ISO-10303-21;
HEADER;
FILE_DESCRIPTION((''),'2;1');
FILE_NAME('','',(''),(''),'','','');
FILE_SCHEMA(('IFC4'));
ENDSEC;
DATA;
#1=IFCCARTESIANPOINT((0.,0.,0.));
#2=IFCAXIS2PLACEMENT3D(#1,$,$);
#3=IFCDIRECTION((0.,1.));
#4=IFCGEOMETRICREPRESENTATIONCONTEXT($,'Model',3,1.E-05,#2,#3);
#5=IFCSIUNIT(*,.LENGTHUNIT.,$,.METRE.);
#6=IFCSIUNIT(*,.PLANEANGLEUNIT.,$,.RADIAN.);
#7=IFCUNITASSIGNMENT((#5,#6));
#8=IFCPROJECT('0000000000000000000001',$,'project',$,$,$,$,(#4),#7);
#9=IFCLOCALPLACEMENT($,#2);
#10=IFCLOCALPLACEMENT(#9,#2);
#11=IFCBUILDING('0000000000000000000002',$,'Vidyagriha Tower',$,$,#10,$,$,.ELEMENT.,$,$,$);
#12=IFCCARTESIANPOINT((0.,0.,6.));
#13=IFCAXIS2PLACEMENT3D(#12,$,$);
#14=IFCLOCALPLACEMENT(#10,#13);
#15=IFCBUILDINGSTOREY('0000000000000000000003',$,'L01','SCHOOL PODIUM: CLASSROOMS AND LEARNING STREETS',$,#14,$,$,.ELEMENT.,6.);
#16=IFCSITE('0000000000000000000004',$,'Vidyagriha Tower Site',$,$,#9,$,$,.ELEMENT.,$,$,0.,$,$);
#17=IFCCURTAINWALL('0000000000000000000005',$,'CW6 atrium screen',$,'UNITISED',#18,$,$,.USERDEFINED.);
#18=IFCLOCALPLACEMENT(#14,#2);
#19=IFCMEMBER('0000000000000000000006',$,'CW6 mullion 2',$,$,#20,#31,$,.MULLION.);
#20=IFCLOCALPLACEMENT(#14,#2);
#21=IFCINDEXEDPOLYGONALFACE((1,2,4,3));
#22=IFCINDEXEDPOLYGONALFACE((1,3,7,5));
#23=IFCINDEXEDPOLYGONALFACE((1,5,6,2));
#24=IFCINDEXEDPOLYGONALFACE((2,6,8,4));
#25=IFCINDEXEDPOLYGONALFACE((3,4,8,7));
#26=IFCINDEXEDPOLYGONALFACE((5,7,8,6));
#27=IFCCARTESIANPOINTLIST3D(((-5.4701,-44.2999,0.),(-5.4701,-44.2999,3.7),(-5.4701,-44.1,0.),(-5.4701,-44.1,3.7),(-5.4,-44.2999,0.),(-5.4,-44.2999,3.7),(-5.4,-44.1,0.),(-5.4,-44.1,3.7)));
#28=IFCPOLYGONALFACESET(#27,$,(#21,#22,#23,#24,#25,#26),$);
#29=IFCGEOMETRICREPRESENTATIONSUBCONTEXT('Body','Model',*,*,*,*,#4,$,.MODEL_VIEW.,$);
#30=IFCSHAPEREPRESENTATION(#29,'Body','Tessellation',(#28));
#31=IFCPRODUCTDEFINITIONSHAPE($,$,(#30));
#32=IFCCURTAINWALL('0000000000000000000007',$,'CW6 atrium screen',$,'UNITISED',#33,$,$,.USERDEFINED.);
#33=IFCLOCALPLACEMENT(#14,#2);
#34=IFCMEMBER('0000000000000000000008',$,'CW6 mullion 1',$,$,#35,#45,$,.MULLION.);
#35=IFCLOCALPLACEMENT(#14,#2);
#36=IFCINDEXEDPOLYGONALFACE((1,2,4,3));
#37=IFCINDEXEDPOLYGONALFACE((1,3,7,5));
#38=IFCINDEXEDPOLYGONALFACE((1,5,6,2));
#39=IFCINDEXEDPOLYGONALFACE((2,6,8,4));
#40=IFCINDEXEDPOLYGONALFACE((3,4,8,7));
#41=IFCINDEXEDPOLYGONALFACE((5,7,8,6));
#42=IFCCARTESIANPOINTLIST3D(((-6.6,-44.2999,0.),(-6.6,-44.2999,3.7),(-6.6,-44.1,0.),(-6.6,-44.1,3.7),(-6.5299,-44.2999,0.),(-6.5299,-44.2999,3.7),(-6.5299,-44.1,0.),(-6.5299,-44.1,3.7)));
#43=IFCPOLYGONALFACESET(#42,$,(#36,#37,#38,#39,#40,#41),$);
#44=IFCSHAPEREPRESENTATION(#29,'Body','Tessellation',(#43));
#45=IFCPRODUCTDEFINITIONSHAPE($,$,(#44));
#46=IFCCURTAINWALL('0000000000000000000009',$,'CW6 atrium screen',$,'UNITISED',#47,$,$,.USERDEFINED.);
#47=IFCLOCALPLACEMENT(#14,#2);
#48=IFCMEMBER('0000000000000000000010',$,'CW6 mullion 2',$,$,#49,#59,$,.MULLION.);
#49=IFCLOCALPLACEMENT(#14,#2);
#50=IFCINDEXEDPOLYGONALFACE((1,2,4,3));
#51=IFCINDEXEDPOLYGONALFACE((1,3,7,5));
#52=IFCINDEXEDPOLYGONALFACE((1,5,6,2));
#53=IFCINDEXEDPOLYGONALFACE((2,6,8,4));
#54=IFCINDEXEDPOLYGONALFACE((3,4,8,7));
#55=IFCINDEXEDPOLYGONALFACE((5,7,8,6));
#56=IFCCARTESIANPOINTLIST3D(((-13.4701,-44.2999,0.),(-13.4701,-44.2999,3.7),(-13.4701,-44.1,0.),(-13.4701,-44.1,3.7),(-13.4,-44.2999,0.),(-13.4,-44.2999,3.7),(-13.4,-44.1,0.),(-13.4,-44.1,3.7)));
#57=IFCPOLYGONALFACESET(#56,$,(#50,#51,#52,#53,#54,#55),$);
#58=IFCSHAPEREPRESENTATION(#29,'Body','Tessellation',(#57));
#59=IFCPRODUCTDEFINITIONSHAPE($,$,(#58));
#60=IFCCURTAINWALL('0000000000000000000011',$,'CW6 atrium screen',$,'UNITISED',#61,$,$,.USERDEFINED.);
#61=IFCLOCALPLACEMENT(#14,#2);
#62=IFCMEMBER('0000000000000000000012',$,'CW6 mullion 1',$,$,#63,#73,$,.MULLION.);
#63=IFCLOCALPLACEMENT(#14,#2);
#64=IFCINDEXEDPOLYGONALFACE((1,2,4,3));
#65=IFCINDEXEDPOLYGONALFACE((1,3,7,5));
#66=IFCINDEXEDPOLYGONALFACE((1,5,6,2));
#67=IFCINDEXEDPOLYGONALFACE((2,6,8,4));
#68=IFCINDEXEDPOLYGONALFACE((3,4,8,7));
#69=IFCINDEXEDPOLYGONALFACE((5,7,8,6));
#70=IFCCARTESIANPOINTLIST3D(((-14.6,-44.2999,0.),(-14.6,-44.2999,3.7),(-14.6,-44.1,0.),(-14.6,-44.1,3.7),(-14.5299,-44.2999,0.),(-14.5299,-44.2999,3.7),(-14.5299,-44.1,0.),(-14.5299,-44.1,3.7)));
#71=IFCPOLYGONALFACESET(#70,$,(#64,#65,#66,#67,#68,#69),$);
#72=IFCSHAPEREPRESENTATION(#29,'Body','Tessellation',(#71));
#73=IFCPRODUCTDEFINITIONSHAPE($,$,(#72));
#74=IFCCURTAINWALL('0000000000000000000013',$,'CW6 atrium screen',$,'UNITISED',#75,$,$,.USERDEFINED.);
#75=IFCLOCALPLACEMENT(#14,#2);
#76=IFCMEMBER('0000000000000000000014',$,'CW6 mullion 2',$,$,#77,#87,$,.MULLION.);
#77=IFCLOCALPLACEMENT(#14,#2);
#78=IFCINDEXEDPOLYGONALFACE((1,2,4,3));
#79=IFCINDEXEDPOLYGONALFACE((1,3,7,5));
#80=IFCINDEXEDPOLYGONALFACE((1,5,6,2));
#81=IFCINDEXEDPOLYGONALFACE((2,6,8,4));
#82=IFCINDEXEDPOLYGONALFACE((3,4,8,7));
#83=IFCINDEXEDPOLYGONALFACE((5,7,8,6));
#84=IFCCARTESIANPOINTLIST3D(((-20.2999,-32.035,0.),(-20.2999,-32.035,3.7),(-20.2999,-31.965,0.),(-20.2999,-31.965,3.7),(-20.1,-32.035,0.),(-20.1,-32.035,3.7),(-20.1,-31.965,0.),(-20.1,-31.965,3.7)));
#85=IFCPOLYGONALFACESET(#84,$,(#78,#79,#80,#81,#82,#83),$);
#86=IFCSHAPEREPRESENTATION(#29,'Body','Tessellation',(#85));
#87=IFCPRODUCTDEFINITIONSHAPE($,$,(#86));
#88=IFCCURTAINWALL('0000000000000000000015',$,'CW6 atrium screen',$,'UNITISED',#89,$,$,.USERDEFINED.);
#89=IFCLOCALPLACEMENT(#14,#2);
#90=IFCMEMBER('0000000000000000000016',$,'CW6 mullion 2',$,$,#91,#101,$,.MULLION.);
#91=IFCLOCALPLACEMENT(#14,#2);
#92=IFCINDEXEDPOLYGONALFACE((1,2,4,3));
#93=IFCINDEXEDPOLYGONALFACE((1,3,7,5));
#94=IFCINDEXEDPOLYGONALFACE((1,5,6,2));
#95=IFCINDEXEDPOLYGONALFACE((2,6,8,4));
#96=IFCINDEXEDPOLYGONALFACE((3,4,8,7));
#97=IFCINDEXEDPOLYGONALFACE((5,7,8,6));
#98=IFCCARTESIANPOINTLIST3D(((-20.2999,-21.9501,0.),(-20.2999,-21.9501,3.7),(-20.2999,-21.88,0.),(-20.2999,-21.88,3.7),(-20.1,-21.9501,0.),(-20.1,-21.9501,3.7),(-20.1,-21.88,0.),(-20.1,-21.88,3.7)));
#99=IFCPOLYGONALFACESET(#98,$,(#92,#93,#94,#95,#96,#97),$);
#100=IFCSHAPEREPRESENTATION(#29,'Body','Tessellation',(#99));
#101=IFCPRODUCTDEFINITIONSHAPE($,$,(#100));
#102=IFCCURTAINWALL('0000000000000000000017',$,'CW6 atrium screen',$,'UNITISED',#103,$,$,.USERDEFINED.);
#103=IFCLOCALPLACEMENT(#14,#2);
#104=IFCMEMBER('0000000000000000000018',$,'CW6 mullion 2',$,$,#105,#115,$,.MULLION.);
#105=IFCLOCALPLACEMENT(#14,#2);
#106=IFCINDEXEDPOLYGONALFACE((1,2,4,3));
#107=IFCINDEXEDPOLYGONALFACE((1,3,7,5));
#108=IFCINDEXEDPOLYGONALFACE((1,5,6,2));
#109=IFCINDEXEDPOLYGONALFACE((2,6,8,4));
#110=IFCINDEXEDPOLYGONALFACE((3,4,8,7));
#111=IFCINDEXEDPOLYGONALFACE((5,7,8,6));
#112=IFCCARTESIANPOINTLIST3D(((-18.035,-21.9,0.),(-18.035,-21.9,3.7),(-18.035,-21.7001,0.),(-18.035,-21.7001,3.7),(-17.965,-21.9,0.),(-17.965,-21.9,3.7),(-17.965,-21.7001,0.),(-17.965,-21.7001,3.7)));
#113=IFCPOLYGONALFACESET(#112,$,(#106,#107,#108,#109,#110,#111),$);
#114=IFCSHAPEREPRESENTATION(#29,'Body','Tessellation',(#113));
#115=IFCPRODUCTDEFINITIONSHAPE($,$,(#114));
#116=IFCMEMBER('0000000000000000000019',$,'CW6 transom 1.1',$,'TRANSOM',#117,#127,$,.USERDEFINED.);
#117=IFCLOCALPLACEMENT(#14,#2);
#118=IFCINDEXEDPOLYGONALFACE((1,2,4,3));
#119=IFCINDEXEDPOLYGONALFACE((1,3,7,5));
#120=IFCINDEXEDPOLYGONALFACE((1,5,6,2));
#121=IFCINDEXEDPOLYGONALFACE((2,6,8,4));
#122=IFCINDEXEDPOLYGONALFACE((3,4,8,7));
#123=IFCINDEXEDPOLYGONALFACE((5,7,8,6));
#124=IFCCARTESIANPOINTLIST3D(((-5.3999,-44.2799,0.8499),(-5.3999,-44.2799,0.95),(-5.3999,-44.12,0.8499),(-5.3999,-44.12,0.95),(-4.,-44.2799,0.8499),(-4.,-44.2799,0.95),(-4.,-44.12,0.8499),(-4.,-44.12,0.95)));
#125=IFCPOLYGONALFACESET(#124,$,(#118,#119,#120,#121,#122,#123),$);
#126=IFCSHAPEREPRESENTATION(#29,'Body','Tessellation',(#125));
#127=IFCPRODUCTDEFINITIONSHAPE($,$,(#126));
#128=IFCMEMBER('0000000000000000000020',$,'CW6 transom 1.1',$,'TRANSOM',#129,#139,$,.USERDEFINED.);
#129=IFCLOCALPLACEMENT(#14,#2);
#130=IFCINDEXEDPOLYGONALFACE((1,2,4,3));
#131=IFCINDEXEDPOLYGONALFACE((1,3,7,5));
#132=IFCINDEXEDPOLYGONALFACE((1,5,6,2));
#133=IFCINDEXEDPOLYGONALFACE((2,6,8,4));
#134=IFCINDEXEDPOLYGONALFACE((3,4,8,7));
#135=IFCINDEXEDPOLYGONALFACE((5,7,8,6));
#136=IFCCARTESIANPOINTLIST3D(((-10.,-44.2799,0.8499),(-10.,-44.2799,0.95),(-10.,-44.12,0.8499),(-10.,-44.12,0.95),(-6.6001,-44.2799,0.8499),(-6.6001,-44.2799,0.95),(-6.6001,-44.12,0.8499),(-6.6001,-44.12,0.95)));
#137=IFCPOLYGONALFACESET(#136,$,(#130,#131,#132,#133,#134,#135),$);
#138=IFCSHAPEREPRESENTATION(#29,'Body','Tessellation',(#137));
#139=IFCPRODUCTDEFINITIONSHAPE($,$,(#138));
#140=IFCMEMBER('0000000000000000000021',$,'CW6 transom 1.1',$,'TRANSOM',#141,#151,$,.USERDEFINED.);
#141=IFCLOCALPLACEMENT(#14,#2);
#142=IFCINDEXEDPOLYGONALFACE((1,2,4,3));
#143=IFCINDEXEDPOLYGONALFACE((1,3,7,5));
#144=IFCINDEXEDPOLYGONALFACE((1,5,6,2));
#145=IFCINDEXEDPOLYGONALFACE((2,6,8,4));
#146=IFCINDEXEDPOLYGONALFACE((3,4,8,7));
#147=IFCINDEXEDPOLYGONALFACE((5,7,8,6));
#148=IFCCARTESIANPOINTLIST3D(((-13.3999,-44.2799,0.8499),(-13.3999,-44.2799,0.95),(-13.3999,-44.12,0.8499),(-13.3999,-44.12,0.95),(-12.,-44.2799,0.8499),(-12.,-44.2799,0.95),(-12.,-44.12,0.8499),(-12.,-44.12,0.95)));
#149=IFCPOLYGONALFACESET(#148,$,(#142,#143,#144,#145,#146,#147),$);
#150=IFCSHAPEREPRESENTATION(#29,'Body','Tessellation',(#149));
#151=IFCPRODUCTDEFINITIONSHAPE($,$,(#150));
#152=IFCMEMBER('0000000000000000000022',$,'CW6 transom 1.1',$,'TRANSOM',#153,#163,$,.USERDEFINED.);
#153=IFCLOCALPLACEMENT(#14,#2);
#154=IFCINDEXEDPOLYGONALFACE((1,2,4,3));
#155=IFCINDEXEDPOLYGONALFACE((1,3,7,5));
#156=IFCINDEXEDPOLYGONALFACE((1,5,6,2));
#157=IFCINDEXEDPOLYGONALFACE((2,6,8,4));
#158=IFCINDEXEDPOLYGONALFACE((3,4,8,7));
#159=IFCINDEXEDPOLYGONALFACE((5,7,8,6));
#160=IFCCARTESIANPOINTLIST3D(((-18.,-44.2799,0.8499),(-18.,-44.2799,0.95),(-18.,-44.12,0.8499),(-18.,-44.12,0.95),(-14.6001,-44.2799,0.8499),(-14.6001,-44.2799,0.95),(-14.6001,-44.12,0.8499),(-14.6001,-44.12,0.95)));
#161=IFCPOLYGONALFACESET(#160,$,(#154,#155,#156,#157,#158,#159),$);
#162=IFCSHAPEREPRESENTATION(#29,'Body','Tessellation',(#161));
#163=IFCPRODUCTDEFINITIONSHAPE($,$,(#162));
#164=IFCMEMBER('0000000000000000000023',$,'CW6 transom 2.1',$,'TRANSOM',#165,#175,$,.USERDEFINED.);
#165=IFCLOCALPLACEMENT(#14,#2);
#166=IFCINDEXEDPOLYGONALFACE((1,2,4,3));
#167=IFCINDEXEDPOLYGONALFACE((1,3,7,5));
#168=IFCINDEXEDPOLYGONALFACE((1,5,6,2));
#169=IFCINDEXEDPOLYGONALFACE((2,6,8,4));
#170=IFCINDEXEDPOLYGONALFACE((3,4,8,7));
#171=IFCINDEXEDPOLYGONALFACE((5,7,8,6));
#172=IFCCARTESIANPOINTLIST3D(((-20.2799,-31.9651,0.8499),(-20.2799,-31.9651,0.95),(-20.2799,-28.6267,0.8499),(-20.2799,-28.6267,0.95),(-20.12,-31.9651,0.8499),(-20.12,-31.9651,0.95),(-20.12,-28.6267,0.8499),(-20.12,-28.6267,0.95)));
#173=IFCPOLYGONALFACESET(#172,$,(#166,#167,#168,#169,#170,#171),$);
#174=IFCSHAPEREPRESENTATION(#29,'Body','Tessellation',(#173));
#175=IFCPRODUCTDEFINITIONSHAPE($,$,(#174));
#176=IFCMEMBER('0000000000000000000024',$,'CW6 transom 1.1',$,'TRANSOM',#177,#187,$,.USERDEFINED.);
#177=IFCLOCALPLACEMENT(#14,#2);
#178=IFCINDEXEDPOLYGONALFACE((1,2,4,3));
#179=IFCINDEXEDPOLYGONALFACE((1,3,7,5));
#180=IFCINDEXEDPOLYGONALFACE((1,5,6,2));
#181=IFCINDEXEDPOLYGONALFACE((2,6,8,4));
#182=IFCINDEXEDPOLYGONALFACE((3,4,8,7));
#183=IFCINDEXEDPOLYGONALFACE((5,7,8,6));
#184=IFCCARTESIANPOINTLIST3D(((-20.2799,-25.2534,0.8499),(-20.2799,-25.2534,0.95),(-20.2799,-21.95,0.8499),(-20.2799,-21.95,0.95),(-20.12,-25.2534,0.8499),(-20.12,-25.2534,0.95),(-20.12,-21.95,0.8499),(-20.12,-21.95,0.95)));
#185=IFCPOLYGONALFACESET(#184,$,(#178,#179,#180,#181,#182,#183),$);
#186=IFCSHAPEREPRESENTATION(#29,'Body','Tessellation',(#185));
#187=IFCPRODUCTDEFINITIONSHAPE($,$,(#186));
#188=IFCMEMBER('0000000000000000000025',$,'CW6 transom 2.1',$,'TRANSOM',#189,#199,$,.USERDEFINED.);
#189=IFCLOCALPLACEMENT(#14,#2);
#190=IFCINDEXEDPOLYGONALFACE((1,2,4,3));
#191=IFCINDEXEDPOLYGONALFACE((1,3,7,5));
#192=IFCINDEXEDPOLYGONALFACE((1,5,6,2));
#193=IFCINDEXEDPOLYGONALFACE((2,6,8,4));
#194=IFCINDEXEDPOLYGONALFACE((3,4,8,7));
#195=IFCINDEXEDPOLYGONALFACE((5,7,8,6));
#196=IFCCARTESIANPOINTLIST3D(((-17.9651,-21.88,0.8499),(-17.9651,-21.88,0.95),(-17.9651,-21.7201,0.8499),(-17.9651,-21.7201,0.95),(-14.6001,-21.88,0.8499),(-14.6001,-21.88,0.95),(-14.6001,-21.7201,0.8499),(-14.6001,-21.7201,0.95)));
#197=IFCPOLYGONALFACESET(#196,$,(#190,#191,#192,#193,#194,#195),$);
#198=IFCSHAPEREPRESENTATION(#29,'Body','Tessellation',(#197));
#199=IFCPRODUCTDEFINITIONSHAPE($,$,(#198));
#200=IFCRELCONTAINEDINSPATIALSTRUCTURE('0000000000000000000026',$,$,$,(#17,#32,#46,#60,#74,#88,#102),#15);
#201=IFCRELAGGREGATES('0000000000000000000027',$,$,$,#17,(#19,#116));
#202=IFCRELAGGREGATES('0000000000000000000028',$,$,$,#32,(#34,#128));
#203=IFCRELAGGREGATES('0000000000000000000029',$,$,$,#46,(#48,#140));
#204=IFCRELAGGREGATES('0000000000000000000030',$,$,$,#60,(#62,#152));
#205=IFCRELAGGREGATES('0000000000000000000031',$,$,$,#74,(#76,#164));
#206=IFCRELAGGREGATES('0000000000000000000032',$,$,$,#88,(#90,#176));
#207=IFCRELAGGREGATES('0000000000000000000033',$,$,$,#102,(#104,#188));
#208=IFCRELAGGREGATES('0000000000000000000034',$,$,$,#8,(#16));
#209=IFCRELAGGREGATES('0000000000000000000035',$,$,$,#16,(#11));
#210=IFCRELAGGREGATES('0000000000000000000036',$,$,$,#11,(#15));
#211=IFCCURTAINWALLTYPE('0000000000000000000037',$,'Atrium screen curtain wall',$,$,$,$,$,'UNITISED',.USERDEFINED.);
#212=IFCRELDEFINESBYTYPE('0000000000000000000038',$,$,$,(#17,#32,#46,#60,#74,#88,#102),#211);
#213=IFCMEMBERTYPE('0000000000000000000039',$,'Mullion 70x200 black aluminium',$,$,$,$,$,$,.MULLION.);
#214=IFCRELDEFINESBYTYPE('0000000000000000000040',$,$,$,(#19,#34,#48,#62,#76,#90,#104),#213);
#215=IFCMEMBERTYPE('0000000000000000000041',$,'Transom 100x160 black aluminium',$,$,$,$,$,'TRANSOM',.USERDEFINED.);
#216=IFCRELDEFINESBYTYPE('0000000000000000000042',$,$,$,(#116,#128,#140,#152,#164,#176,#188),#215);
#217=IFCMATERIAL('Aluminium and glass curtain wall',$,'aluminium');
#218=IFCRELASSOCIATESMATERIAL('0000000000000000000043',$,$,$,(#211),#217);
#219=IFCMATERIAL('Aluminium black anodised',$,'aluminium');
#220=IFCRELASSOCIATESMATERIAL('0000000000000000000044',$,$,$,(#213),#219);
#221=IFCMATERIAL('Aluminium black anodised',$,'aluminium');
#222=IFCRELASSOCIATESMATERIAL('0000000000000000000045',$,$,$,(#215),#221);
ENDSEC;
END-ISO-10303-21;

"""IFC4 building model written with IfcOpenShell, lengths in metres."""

from ifc_helpers import new_model, si_unit, direction, frame, origin, origin_2d, place, context, subcontext, project, spatial, rectangle, extrude, material, material_profile, profile_set, type_object, element, aggregate, save


model = new_model("IFC4")

# Units and contexts
model_context = context("Model", 3, precision=1e-05, world=origin(), true_north=direction((0.0, 1.0)))
body_context = subcontext(model_context, "Body", "Model", "MODEL_VIEW")
ifc_project = project(units=[si_unit("LENGTHUNIT", "METRE"), si_unit("PLANEANGLEUNIT", "RADIAN")], contexts=[model_context])

# Site, building, storey
site_placement = place(None, origin())
site = spatial("IfcSite", under=ifc_project, at=site_placement, Name="Vidyagriha Tower Site", CompositionType="ELEMENT", RefElevation=0.0)
building_placement = place(site_placement, origin())
building = spatial("IfcBuilding", under=site, at=building_placement, Name="Vidyagriha Tower", CompositionType="ELEMENT")
storey_placement = place(building_placement, frame((0.0, 0.0, 6.0)))
storey = spatial("IfcBuildingStorey", under=building, at=storey_placement, Name="L01", Description="SCHOOL PODIUM: CLASSROOMS AND LEARNING STREETS", CompositionType="ELEMENT", Elevation=6.0)

# Curtain walls, members
ifc_material_1 = material(Name="Aluminium and glass curtain wall", Category="aluminium")
curtain_wall_type = type_object("IfcCurtainWallType", Name="Atrium screen curtain wall", ElementType="UNITISED", PredefinedType="USERDEFINED", material=ifc_material_1)
curtain_wall_1_placement = place(storey_placement, origin())
curtain_wall_1 = element("IfcCurtainWall", 1, at=curtain_wall_1_placement, inside=storey, type_object=curtain_wall_type, Name="CW6 atrium screen", ObjectType="UNITISED", PredefinedType="USERDEFINED")
ifc_material_2 = material(Name="Aluminium black anodised", Category="aluminium")
ifc_material_profile_1 = material_profile(ifc_material_2, rectangle(XDim=0.2, YDim=0.0701, at=origin_2d()), Name="Mullion 70x200 black aluminium")
ifc_profile_set_1 = profile_set([ifc_material_profile_1], Name="Aluminium black anodised")
member_type_1 = type_object("IfcMemberType", Name="Mullion 70x200 black aluminium", PredefinedType="MULLION", material=ifc_profile_set_1)
member_1_placement = place(storey_placement, frame((-5.4351, -44.2, 0.0), z_axis=(0.0, 0.0, 1.0), x_axis=(0.0, -1.0, 0.0)))
member_1 = element("IfcMember", 2, at=member_1_placement, type_object=member_type_1, Name="CW6 mullion 2", PredefinedType="MULLION", context=body_context, shape_type="SweptSolid", body=[
    extrude(rectangle(XDim=0.2, YDim=0.0701, at=origin_2d()), origin(), (0.0, 0.0, 1.0), 3.7),
])
curtain_wall_2_placement = place(storey_placement, origin())
curtain_wall_2 = element("IfcCurtainWall", 3, at=curtain_wall_2_placement, inside=storey, type_object=curtain_wall_type, Name="CW6 atrium screen", ObjectType="UNITISED", PredefinedType="USERDEFINED")
member_2_placement = place(storey_placement, frame((-6.5649, -44.2, 0.0), z_axis=(0.0, 0.0, 1.0), x_axis=(0.0, -1.0, 0.0)))
member_2 = element("IfcMember", 4, at=member_2_placement, type_object=member_type_1, Name="CW6 mullion 1", PredefinedType="MULLION", context=body_context, shape_type="SweptSolid", body=[
    extrude(rectangle(XDim=0.2, YDim=0.0701, at=origin_2d()), origin(), (0.0, 0.0, 1.0), 3.7),
])
curtain_wall_3_placement = place(storey_placement, origin())
curtain_wall_3 = element("IfcCurtainWall", 5, at=curtain_wall_3_placement, inside=storey, type_object=curtain_wall_type, Name="CW6 atrium screen", ObjectType="UNITISED", PredefinedType="USERDEFINED")
member_3_placement = place(storey_placement, frame((-13.4351, -44.2, 0.0), z_axis=(0.0, 0.0, 1.0), x_axis=(0.0, -1.0, 0.0)))
member_3 = element("IfcMember", 6, at=member_3_placement, type_object=member_type_1, Name="CW6 mullion 2", PredefinedType="MULLION", context=body_context, shape_type="SweptSolid", body=[
    extrude(rectangle(XDim=0.2, YDim=0.0701, at=origin_2d()), origin(), (0.0, 0.0, 1.0), 3.7),
])
curtain_wall_4_placement = place(storey_placement, origin())
curtain_wall_4 = element("IfcCurtainWall", 7, at=curtain_wall_4_placement, inside=storey, type_object=curtain_wall_type, Name="CW6 atrium screen", ObjectType="UNITISED", PredefinedType="USERDEFINED")
member_4_placement = place(storey_placement, frame((-14.5649, -44.2, 0.0), z_axis=(0.0, 0.0, 1.0), x_axis=(0.0, -1.0, 0.0)))
member_4 = element("IfcMember", 8, at=member_4_placement, type_object=member_type_1, Name="CW6 mullion 1", PredefinedType="MULLION", context=body_context, shape_type="SweptSolid", body=[
    extrude(rectangle(XDim=0.2, YDim=0.0701, at=origin_2d()), origin(), (0.0, 0.0, 1.0), 3.7),
])
curtain_wall_5_placement = place(storey_placement, origin())
curtain_wall_5 = element("IfcCurtainWall", 9, at=curtain_wall_5_placement, inside=storey, type_object=curtain_wall_type, Name="CW6 atrium screen", ObjectType="UNITISED", PredefinedType="USERDEFINED")
member_5_placement = place(storey_placement, frame((-20.2, -32.0, 0.0), z_axis=(0.0, 0.0, 1.0), x_axis=(-1.0, 0.0, 0.0)))
member_5 = element("IfcMember", 10, at=member_5_placement, type_object=member_type_1, Name="CW6 mullion 2", PredefinedType="MULLION", context=body_context, shape_type="SweptSolid", body=[
    extrude(rectangle(XDim=0.2, YDim=0.0701, at=origin_2d()), origin(), (0.0, 0.0, 1.0), 3.7),
])
curtain_wall_6_placement = place(storey_placement, origin())
curtain_wall_6 = element("IfcCurtainWall", 11, at=curtain_wall_6_placement, inside=storey, type_object=curtain_wall_type, Name="CW6 atrium screen", ObjectType="UNITISED", PredefinedType="USERDEFINED")
member_6_placement = place(storey_placement, frame((-20.2, -21.915, 0.0), z_axis=(0.0, 0.0, 1.0), x_axis=(-1.0, 0.0, 0.0)))
member_6 = element("IfcMember", 12, at=member_6_placement, type_object=member_type_1, Name="CW6 mullion 2", PredefinedType="MULLION", context=body_context, shape_type="SweptSolid", body=[
    extrude(rectangle(XDim=0.2, YDim=0.0701, at=origin_2d()), origin(), (0.0, 0.0, 1.0), 3.7),
])
curtain_wall_7_placement = place(storey_placement, origin())
curtain_wall_7 = element("IfcCurtainWall", 13, at=curtain_wall_7_placement, inside=storey, type_object=curtain_wall_type, Name="CW6 atrium screen", ObjectType="UNITISED", PredefinedType="USERDEFINED")
member_7_placement = place(storey_placement, frame((-18.0, -21.8, 0.0), z_axis=(0.0, 0.0, 1.0), x_axis=(0.0, 1.0, 0.0)))
member_7 = element("IfcMember", 14, at=member_7_placement, type_object=member_type_1, Name="CW6 mullion 2", PredefinedType="MULLION", context=body_context, shape_type="SweptSolid", body=[
    extrude(rectangle(XDim=0.2, YDim=0.0701, at=origin_2d()), origin(), (0.0, 0.0, 1.0), 3.7),
])

# Members
ifc_material_3 = material(Name="Aluminium black anodised", Category="aluminium")
ifc_material_profile_2 = material_profile(ifc_material_3, rectangle(XDim=0.1599, YDim=0.1001, at=origin_2d()), Name="Transom 100x160 black aluminium")
ifc_profile_set_2 = profile_set([ifc_material_profile_2], Name="Aluminium black anodised")
member_type_2 = type_object("IfcMemberType", Name="Transom 100x160 black aluminium", ElementType="TRANSOM", PredefinedType="USERDEFINED", material=ifc_profile_set_2)
member_8_placement = place(storey_placement, frame((-4.0, -44.2, 0.8999), z_axis=(-1.0, 0.0, 0.0), x_axis=(0.0, -1.0, 0.0)))
member_8 = element("IfcMember", 15, at=member_8_placement, type_object=member_type_2, Name="CW6 transom 1.1", ObjectType="TRANSOM", PredefinedType="USERDEFINED", context=body_context, shape_type="SweptSolid", body=[
    extrude(rectangle(XDim=0.1599, YDim=0.1001, at=origin_2d()), origin(), (0.0, 0.0, 1.0), 1.3999),
])
member_9_placement = place(storey_placement, frame((-6.6001, -44.2, 0.8999), z_axis=(-1.0, 0.0, 0.0), x_axis=(0.0, -1.0, 0.0)))
member_9 = element("IfcMember", 16, at=member_9_placement, type_object=member_type_2, Name="CW6 transom 1.1", ObjectType="TRANSOM", PredefinedType="USERDEFINED", context=body_context, shape_type="SweptSolid", body=[
    extrude(rectangle(XDim=0.1599, YDim=0.1001, at=origin_2d()), origin(), (0.0, 0.0, 1.0), 3.3999),
])
member_10_placement = place(storey_placement, frame((-12.0, -44.2, 0.8999), z_axis=(-1.0, 0.0, 0.0), x_axis=(0.0, -1.0, 0.0)))
member_10 = element("IfcMember", 17, at=member_10_placement, type_object=member_type_2, Name="CW6 transom 1.1", ObjectType="TRANSOM", PredefinedType="USERDEFINED", context=body_context, shape_type="SweptSolid", body=[
    extrude(rectangle(XDim=0.1599, YDim=0.1001, at=origin_2d()), origin(), (0.0, 0.0, 1.0), 1.3999),
])
member_11_placement = place(storey_placement, frame((-14.6001, -44.2, 0.8999), z_axis=(-1.0, 0.0, 0.0), x_axis=(0.0, -1.0, 0.0)))
member_11 = element("IfcMember", 18, at=member_11_placement, type_object=member_type_2, Name="CW6 transom 1.1", ObjectType="TRANSOM", PredefinedType="USERDEFINED", context=body_context, shape_type="SweptSolid", body=[
    extrude(rectangle(XDim=0.1599, YDim=0.1001, at=origin_2d()), origin(), (0.0, 0.0, 1.0), 3.3999),
])
member_12_placement = place(storey_placement, frame((-20.2, -31.9651, 0.8999), z_axis=(0.0, 1.0, 0.0), x_axis=(-1.0, 0.0, 0.0)))
member_12 = element("IfcMember", 19, at=member_12_placement, type_object=member_type_2, Name="CW6 transom 2.1", ObjectType="TRANSOM", PredefinedType="USERDEFINED", context=body_context, shape_type="SweptSolid", body=[
    extrude(rectangle(XDim=0.1599, YDim=0.1001, at=origin_2d()), origin(), (0.0, 0.0, 1.0), 3.3384),
])
member_13_placement = place(storey_placement, frame((-20.2, -25.2534, 0.8999), z_axis=(0.0, 1.0, 0.0), x_axis=(-1.0, 0.0, 0.0)))
member_13 = element("IfcMember", 20, at=member_13_placement, type_object=member_type_2, Name="CW6 transom 1.1", ObjectType="TRANSOM", PredefinedType="USERDEFINED", context=body_context, shape_type="SweptSolid", body=[
    extrude(rectangle(XDim=0.1599, YDim=0.1001, at=origin_2d()), origin(), (0.0, 0.0, 1.0), 3.3035),
])
member_14_placement = place(storey_placement, frame((-17.9651, -21.8, 0.8999), z_axis=(1.0, 0.0, 0.0), x_axis=(0.0, 1.0, 0.0)))
member_14 = element("IfcMember", 21, at=member_14_placement, type_object=member_type_2, Name="CW6 transom 2.1", ObjectType="TRANSOM", PredefinedType="USERDEFINED", context=body_context, shape_type="SweptSolid", body=[
    extrude(rectangle(XDim=0.1599, YDim=0.1001, at=origin_2d()), origin(), (0.0, 0.0, 1.0), 3.365),
])

aggregate(curtain_wall_1, [member_1, member_8])
aggregate(curtain_wall_2, [member_2, member_9])
aggregate(curtain_wall_3, [member_3, member_10])
aggregate(curtain_wall_4, [member_4, member_11])
aggregate(curtain_wall_5, [member_5, member_12])
aggregate(curtain_wall_6, [member_6, member_13])
aggregate(curtain_wall_7, [member_7, member_14])

save(model, "model.ifc")
